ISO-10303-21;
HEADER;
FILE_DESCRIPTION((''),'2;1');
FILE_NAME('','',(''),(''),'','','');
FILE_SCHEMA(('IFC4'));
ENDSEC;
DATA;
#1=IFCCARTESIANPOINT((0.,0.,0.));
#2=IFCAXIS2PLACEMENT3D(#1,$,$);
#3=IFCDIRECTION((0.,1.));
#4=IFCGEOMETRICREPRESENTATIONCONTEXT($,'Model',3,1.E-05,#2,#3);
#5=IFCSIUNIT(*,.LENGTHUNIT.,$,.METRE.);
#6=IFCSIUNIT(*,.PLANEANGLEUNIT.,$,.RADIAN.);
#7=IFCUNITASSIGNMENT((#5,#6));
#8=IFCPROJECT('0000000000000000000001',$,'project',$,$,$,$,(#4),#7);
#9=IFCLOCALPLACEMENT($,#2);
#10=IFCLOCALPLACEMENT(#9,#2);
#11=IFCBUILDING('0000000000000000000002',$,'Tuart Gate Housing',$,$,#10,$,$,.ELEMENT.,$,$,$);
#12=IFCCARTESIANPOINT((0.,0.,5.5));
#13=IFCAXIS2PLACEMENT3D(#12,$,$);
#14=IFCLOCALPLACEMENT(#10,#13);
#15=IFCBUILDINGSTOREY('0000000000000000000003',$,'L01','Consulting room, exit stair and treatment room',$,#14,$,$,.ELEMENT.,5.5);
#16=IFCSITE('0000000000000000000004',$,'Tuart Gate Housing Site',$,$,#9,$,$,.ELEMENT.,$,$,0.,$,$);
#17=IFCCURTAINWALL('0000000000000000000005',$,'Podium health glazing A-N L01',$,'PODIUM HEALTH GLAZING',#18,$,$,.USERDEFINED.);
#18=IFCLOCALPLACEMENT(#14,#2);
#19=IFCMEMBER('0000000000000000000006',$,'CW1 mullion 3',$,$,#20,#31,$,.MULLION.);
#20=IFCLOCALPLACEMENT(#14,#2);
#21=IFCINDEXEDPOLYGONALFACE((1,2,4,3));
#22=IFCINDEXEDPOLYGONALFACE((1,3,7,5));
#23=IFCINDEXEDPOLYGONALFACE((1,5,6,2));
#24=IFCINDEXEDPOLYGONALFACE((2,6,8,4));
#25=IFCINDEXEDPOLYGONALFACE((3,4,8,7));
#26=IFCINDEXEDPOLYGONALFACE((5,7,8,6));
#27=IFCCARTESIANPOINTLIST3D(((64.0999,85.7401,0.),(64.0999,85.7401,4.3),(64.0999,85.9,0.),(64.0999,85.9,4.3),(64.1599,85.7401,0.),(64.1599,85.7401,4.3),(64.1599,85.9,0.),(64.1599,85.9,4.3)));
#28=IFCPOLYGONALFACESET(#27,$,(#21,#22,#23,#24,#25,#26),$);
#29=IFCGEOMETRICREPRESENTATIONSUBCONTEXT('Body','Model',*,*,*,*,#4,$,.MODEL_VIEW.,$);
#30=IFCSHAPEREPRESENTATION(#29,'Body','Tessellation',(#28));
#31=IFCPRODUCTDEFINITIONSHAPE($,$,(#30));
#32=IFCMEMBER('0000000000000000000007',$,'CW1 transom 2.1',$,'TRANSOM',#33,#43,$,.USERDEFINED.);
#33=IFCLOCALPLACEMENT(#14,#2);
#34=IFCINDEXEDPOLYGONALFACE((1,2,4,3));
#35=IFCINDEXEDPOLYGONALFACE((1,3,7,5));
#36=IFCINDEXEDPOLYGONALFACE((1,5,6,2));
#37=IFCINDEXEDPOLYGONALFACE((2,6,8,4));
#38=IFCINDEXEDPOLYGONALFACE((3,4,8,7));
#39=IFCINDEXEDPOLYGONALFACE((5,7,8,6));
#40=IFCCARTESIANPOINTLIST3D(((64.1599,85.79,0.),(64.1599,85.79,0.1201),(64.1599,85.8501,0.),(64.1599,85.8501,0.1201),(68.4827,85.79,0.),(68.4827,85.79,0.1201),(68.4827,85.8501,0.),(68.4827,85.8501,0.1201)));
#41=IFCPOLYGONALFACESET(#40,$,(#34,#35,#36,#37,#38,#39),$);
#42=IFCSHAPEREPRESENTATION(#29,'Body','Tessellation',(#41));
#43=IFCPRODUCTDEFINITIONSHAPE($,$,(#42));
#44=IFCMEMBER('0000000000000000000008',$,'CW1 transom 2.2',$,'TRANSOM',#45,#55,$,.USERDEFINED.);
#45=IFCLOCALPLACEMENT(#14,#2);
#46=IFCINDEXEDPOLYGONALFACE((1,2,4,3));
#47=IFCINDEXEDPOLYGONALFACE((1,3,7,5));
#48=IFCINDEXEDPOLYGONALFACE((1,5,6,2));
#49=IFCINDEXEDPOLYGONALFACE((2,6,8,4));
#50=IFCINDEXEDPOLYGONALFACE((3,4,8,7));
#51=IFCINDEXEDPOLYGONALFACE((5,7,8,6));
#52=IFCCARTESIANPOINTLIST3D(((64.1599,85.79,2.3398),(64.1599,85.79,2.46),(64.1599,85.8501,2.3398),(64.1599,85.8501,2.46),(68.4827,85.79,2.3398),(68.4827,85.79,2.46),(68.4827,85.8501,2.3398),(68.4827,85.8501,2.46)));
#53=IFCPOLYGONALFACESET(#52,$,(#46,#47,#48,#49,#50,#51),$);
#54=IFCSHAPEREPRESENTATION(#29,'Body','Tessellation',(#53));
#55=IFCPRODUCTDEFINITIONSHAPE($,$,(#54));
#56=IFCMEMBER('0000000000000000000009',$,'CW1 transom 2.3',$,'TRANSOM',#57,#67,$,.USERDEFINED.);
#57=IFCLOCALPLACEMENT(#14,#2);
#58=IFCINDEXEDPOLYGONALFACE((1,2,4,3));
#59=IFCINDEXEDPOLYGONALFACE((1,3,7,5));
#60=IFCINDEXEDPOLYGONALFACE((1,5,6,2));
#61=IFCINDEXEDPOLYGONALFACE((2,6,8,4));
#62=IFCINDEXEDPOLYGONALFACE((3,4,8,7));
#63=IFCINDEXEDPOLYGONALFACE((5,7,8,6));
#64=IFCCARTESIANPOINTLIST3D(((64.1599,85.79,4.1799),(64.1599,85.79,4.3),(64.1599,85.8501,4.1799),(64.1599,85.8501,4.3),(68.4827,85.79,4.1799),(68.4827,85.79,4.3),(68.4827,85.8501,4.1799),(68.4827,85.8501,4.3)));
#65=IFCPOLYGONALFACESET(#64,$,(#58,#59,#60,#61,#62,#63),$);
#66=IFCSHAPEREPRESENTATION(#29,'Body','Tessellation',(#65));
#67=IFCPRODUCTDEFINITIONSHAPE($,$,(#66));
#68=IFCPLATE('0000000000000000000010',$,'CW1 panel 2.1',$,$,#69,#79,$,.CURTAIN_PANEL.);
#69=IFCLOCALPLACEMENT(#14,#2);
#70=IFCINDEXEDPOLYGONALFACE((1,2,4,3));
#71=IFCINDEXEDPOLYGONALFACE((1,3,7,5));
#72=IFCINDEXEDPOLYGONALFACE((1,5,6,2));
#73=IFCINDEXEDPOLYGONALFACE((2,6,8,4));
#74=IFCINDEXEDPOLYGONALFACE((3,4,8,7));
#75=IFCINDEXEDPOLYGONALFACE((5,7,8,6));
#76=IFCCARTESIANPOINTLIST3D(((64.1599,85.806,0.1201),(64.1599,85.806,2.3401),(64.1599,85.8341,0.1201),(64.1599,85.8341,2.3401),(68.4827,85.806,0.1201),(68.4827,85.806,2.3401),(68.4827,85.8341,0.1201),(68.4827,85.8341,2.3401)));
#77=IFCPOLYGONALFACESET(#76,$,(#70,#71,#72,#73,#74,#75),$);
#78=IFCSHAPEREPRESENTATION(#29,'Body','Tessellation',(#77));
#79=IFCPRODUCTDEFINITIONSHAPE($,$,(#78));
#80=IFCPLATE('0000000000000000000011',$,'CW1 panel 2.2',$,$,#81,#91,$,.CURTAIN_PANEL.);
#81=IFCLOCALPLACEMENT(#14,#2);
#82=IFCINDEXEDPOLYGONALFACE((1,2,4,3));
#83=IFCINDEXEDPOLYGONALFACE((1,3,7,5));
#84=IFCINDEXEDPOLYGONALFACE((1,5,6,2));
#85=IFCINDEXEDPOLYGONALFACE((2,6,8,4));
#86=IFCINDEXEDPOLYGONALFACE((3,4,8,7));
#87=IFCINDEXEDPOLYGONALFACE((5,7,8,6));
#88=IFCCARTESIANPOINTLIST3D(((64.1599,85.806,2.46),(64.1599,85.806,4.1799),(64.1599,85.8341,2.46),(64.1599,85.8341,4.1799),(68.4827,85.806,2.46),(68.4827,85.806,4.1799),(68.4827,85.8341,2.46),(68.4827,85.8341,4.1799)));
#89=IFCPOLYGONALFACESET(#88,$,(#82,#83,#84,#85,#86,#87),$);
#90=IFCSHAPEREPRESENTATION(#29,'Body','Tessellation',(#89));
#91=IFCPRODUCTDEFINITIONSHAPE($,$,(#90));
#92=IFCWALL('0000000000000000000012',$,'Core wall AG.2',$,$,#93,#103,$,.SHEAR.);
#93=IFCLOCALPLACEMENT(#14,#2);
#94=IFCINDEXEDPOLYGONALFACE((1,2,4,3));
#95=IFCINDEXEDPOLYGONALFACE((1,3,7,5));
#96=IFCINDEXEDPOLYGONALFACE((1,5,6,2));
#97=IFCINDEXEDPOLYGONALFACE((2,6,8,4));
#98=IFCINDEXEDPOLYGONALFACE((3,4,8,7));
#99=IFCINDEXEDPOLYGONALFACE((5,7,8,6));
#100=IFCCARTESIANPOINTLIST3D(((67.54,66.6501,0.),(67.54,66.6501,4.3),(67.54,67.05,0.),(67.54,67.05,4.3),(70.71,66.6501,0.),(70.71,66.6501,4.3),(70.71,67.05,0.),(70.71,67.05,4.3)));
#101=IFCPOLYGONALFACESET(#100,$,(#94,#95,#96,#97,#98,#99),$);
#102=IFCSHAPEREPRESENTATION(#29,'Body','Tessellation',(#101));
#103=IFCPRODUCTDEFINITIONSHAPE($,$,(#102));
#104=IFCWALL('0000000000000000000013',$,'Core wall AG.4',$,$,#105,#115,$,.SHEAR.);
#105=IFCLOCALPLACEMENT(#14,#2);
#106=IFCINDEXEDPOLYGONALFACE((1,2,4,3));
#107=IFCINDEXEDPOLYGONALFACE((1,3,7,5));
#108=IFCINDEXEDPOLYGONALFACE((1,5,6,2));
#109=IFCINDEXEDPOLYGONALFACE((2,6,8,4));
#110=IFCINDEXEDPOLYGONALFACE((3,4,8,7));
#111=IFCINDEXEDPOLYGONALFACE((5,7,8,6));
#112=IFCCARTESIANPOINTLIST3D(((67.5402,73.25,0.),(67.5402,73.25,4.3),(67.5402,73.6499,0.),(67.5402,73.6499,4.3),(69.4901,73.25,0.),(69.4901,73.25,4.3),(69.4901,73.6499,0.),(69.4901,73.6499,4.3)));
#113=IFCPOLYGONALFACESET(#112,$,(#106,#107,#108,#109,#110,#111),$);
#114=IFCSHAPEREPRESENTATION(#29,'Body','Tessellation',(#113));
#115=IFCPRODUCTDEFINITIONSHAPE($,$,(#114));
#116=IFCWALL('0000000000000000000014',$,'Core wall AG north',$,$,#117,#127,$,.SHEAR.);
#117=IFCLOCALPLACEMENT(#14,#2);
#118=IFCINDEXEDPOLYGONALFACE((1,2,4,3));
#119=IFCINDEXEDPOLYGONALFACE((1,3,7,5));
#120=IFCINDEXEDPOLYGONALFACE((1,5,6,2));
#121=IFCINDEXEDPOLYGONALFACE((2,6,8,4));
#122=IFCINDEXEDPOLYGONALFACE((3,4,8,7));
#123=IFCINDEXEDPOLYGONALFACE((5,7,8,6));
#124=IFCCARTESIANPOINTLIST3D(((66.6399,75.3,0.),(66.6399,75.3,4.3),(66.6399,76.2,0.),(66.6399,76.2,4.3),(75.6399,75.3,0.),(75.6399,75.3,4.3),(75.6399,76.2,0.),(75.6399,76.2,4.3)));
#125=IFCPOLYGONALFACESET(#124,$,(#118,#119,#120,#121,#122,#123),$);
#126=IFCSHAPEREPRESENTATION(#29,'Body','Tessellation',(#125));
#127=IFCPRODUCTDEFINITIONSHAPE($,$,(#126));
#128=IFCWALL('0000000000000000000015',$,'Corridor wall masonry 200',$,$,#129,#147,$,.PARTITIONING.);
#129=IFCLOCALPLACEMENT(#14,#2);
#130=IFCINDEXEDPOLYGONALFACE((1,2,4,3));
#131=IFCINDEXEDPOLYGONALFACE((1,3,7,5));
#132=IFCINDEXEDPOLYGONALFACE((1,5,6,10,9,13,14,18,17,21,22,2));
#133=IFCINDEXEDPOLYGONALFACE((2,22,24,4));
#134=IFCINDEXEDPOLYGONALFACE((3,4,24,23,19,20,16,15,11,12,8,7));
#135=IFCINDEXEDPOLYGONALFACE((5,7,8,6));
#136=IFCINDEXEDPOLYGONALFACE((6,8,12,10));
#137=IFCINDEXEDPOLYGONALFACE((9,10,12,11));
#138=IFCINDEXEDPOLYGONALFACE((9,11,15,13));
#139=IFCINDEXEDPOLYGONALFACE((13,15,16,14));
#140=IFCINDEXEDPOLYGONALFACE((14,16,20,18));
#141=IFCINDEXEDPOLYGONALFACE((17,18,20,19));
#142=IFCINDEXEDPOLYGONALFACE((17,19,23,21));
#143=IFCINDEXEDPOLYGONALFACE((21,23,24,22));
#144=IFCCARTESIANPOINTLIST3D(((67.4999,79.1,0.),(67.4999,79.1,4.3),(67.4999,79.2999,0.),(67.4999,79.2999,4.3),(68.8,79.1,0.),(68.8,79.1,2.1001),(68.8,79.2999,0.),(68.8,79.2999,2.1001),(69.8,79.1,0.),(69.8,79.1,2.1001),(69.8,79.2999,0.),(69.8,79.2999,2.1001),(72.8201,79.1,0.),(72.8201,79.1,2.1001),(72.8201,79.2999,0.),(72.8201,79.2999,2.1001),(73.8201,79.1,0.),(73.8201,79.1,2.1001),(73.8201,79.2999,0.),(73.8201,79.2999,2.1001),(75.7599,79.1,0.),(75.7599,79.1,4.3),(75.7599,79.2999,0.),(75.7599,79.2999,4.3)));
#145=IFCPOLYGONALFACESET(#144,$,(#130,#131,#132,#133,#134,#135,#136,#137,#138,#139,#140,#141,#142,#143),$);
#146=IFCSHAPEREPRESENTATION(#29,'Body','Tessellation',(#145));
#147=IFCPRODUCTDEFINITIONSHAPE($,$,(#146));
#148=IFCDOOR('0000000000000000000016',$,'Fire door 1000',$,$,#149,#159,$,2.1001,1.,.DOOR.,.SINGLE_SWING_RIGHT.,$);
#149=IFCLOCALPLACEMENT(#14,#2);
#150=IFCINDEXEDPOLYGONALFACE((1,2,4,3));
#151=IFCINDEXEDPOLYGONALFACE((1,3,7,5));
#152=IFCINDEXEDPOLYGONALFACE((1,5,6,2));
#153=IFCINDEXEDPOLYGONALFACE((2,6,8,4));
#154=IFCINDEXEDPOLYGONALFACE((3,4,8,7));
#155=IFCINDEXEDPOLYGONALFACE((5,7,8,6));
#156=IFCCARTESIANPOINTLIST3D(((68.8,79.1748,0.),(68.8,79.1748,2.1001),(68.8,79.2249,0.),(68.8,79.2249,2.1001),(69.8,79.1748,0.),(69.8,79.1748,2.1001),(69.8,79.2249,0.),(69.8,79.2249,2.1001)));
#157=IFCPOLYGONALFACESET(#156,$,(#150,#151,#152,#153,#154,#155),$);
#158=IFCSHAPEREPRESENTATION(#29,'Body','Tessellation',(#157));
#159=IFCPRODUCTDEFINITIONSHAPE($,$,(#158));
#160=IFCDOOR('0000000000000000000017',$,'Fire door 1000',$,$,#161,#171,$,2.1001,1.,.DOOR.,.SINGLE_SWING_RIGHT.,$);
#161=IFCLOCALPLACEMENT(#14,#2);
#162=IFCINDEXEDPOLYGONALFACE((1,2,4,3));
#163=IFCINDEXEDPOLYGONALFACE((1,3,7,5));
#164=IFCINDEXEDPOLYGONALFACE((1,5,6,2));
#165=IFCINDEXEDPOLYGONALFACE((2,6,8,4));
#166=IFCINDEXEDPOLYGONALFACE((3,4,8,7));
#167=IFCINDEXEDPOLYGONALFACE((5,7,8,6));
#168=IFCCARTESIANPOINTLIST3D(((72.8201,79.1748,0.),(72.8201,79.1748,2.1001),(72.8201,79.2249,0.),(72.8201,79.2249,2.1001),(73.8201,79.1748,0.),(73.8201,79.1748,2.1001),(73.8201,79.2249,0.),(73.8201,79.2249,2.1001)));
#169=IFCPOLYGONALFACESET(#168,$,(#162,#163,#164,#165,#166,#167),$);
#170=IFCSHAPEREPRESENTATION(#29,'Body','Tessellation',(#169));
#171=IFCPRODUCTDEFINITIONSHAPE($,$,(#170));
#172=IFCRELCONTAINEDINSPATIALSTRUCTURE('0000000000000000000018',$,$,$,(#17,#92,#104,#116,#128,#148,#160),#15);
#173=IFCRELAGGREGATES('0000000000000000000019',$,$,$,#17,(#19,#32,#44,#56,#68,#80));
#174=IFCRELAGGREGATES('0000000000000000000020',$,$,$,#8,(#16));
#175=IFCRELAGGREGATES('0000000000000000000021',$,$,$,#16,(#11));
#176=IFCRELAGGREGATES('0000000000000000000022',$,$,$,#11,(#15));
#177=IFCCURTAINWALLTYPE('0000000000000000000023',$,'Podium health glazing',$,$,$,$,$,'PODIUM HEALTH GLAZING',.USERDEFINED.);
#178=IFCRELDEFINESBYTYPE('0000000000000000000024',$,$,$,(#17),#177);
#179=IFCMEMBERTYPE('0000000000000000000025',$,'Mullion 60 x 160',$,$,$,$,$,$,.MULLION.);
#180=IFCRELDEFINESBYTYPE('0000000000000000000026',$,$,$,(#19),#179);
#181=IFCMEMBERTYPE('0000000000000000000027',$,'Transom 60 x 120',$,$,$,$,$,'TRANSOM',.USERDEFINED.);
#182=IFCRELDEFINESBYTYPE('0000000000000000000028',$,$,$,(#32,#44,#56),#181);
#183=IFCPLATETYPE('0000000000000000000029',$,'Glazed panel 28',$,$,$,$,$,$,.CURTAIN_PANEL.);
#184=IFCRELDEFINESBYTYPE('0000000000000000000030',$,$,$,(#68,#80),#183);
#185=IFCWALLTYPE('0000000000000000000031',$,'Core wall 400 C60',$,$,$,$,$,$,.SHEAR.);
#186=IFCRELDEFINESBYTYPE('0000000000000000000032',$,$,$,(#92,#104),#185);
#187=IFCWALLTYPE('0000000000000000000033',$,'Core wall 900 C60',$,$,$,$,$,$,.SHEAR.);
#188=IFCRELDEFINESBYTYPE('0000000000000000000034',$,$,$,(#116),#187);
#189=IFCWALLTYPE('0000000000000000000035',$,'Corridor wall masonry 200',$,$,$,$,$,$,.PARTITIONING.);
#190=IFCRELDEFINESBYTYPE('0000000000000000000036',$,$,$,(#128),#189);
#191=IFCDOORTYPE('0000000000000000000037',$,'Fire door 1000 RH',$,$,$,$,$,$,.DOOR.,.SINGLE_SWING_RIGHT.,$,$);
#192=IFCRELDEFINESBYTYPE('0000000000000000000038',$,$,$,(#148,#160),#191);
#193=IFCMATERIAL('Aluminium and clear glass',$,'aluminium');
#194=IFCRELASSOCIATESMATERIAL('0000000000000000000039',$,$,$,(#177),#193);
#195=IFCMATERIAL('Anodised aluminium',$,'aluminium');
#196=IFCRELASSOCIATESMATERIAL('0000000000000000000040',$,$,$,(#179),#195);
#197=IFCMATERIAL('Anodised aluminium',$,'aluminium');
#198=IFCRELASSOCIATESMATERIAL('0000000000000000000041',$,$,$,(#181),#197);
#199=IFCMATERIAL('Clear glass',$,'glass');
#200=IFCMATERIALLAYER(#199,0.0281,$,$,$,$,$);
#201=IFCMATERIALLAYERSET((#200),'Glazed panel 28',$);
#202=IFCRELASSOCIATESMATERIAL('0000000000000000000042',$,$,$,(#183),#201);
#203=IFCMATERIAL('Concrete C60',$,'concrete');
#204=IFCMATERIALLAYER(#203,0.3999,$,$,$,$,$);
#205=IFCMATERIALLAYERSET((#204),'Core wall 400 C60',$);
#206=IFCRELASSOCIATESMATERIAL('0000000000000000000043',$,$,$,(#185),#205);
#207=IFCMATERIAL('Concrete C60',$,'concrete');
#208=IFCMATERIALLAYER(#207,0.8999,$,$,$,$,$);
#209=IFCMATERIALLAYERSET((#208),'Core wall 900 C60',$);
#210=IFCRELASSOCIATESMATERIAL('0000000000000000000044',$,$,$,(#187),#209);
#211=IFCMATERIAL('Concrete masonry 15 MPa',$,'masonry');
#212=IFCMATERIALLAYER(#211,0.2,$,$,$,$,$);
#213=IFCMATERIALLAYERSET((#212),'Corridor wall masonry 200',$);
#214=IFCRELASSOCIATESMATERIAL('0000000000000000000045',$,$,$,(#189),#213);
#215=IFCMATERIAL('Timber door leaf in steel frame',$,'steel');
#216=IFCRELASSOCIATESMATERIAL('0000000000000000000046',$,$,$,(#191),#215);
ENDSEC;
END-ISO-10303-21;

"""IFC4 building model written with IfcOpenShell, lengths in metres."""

from ifc_helpers import new_model, si_unit, direction, frame, frame_2d, origin, origin_2d, place, context, subcontext, project, spatial, rectangle, extrude, material, layer, layer_set, material_profile, profile_set, type_object, element, fill, aggregate, save


model = new_model("IFC4")

# Units and contexts
model_context = context("Model", 3, precision=1e-05, world=origin(), true_north=direction((0.0, 1.0)))
body_context = subcontext(model_context, "Body", "Model", "MODEL_VIEW")
ifc_project = project(units=[si_unit("LENGTHUNIT", "METRE"), si_unit("PLANEANGLEUNIT", "RADIAN")], contexts=[model_context])

# Site, building, storey
site_placement = place(None, origin())
site = spatial("IfcSite", under=ifc_project, at=site_placement, Name="Tuart Gate Housing Site", CompositionType="ELEMENT", RefElevation=0.0)
building_placement = place(site_placement, origin())
building = spatial("IfcBuilding", under=site, at=building_placement, Name="Tuart Gate Housing", CompositionType="ELEMENT")
storey_placement = place(building_placement, frame((0.0, 0.0, 5.5)))
storey = spatial("IfcBuildingStorey", under=building, at=storey_placement, Name="L01", Description="Consulting room, exit stair and treatment room", CompositionType="ELEMENT", Elevation=5.5)

# Curtain wall, members, plates
ifc_material_1 = material(Name="Aluminium and clear glass", Category="aluminium")
curtain_wall_type = type_object("IfcCurtainWallType", Name="Podium health glazing", ElementType="PODIUM HEALTH GLAZING", PredefinedType="USERDEFINED", material=ifc_material_1)
curtain_wall_placement = place(storey_placement, origin())
curtain_wall = element("IfcCurtainWall", 1, at=curtain_wall_placement, inside=storey, type_object=curtain_wall_type, Name="Podium health glazing A-N L01", ObjectType="PODIUM HEALTH GLAZING", PredefinedType="USERDEFINED")
ifc_material_2 = material(Name="Anodised aluminium", Category="aluminium")
ifc_material_profile_1 = material_profile(ifc_material_2, rectangle(XDim=0.0601, YDim=0.1599, at=origin_2d()), Name="60x160")
ifc_profile_set_1 = profile_set([ifc_material_profile_1], Name="Anodised aluminium")
member_type_1 = type_object("IfcMemberType", Name="Mullion 60 x 160", PredefinedType="MULLION", material=ifc_profile_set_1)
member_1_placement = place(storey_placement, frame((64.1299, 85.8201, 0.0), z_axis=(0.0, 0.0, 1.0), x_axis=(-1.0, 0.0, 0.0)))
member_1 = element("IfcMember", 2, at=member_1_placement, type_object=member_type_1, Name="CW1 mullion 3", PredefinedType="MULLION", context=body_context, shape_type="SweptSolid", body=[
    extrude(rectangle(XDim=0.0601, YDim=0.1599, at=origin_2d()), origin(), (0.0, 0.0, 1.0), 4.3),
])
ifc_material_3 = material(Name="Anodised aluminium", Category="aluminium")
ifc_material_profile_2 = material_profile(ifc_material_3, rectangle(XDim=0.0601, YDim=0.1201, at=origin_2d()), Name="60x120")
ifc_profile_set_2 = profile_set([ifc_material_profile_2], Name="Anodised aluminium")
member_type_2 = type_object("IfcMemberType", Name="Transom 60 x 120", ElementType="TRANSOM", PredefinedType="USERDEFINED", material=ifc_profile_set_2)
member_2_placement = place(storey_placement, frame((68.4827, 85.8201, 0.0601), z_axis=(-1.0, 0.0, 0.0), x_axis=(0.0, -1.0, 0.0)))
member_2 = element("IfcMember", 3, at=member_2_placement, type_object=member_type_2, Name="CW1 transom 2.1", ObjectType="TRANSOM", PredefinedType="USERDEFINED", context=body_context, shape_type="SweptSolid", body=[
    extrude(rectangle(XDim=0.0601, YDim=0.1201, at=origin_2d()), origin(), (0.0, 0.0, 1.0), 4.3228),
])
member_3_placement = place(storey_placement, frame((68.4827, 85.8201, 2.3999), z_axis=(-1.0, 0.0, 0.0), x_axis=(0.0, -1.0, 0.0)))
member_3 = element("IfcMember", 4, at=member_3_placement, type_object=member_type_2, Name="CW1 transom 2.2", ObjectType="TRANSOM", PredefinedType="USERDEFINED", context=body_context, shape_type="SweptSolid", body=[
    extrude(rectangle(XDim=0.0601, YDim=0.1201, at=origin_2d()), origin(), (0.0, 0.0, 1.0), 4.3228),
])
member_4_placement = place(storey_placement, frame((68.4827, 85.8201, 4.24), z_axis=(-1.0, 0.0, 0.0), x_axis=(0.0, -1.0, 0.0)))
member_4 = element("IfcMember", 5, at=member_4_placement, type_object=member_type_2, Name="CW1 transom 2.3", ObjectType="TRANSOM", PredefinedType="USERDEFINED", context=body_context, shape_type="SweptSolid", body=[
    extrude(rectangle(XDim=0.0601, YDim=0.1201, at=origin_2d()), origin(), (0.0, 0.0, 1.0), 4.3228),
])
ifc_material_4 = material(Name="Clear glass", Category="glass")
ifc_layer_1 = layer(ifc_material_4, 0.0281)
ifc_layer_set_1 = layer_set([ifc_layer_1], Name="Glazed panel 28")
plate_type = type_object("IfcPlateType", Name="Glazed panel 28", PredefinedType="CURTAIN_PANEL", material=ifc_layer_set_1)
plate_1_placement = place(storey_placement, frame((66.3213, 85.8201, 0.1201), z_axis=(0.0, 0.0, 1.0), x_axis=(-1.0, 0.0, 0.0)))
plate_1 = element("IfcPlate", 6, at=plate_1_placement, type_object=plate_type, Name="CW1 panel 2.1", PredefinedType="CURTAIN_PANEL", context=body_context, shape_type="SweptSolid", body=[
    extrude(rectangle(XDim=4.3228, YDim=0.0281, at=origin_2d()), origin(), (0.0, 0.0, 1.0), 2.22),
])
plate_2_placement = place(storey_placement, frame((66.3213, 85.8201, 2.46), z_axis=(0.0, 0.0, 1.0), x_axis=(-1.0, 0.0, 0.0)))
plate_2 = element("IfcPlate", 7, at=plate_2_placement, type_object=plate_type, Name="CW1 panel 2.2", PredefinedType="CURTAIN_PANEL", context=body_context, shape_type="SweptSolid", body=[
    extrude(rectangle(XDim=4.3228, YDim=0.0281, at=origin_2d()), origin(), (0.0, 0.0, 1.0), 1.72),
])
aggregate(curtain_wall, [member_1, member_2, member_3, member_4, plate_1, plate_2])

# Walls
ifc_material_5 = material(Name="Concrete C60", Category="concrete")
ifc_layer_2 = layer(ifc_material_5, 0.3999)
ifc_layer_set_2 = layer_set([ifc_layer_2], Name="Core wall 400 C60")
wall_type_1 = type_object("IfcWallType", Name="Core wall 400 C60", PredefinedType="SHEAR", material=ifc_layer_set_2)
wall_1_placement = place(storey_placement, frame((67.54, 66.8501, 0.0), z_axis=(0.0, 0.0, 1.0), x_axis=(1.0, 0.0, 0.0)))
element("IfcWall", 8, at=wall_1_placement, inside=storey, type_object=wall_type_1, Name="Core wall AG.2", PredefinedType="SHEAR", context=body_context, shape_type="SweptSolid", body=[
    extrude(rectangle(XDim=3.1699, YDim=0.3999, at=frame_2d((1.585, 0.0))), origin(), (0.0, 0.0, 1.0), 4.3),
])
wall_2_placement = place(storey_placement, frame((67.54, 73.45, 0.0), z_axis=(0.0, 0.0, 1.0), x_axis=(1.0, 0.0, 0.0)))
element("IfcWall", 9, at=wall_2_placement, inside=storey, type_object=wall_type_1, Name="Core wall AG.4", PredefinedType="SHEAR", context=body_context, shape_type="SweptSolid", body=[
    extrude(rectangle(XDim=1.95, YDim=0.3999, at=frame_2d((0.9751, 0.0))), origin(), (0.0, 0.0, 1.0), 4.3),
])
ifc_material_6 = material(Name="Concrete C60", Category="concrete")
ifc_layer_3 = layer(ifc_material_6, 0.8999)
ifc_layer_set_3 = layer_set([ifc_layer_3], Name="Core wall 900 C60")
wall_type_2 = type_object("IfcWallType", Name="Core wall 900 C60", PredefinedType="SHEAR", material=ifc_layer_set_3)
wall_3_placement = place(storey_placement, frame((66.6399, 75.75, 0.0), z_axis=(0.0, 0.0, 1.0), x_axis=(1.0, 0.0, 0.0)))
element("IfcWall", 10, at=wall_3_placement, inside=storey, type_object=wall_type_2, Name="Core wall AG north", PredefinedType="SHEAR", context=body_context, shape_type="SweptSolid", body=[
    extrude(rectangle(XDim=9.0, YDim=0.8999, at=frame_2d((4.5, 0.0))), origin(), (0.0, 0.0, 1.0), 4.3),
])

# Wall, openings, doors
ifc_material_7 = material(Name="Concrete masonry 15 MPa", Category="masonry")
ifc_layer_4 = layer(ifc_material_7, 0.2)
ifc_layer_set_4 = layer_set([ifc_layer_4], Name="Corridor wall masonry 200")
wall_type_3 = type_object("IfcWallType", Name="Corridor wall masonry 200", PredefinedType="PARTITIONING", material=ifc_layer_set_4)
wall_4_placement = place(storey_placement, frame((67.5, 79.2, 0.0), z_axis=(0.0, 0.0, 1.0), x_axis=(1.0, 0.0, 0.0)))
wall_4 = element("IfcWall", 11, at=wall_4_placement, inside=storey, type_object=wall_type_3, Name="Corridor wall masonry 200", PredefinedType="PARTITIONING", context=body_context, shape_type="SweptSolid", body=[
    extrude(rectangle(XDim=8.26, YDim=0.2, at=frame_2d((4.1299, 0.0))), origin(), (0.0, 0.0, 1.0), 4.3),
])
opening_1_placement = place(wall_4_placement, frame((1.3, 0.0, 0.0)))
opening_1 = element("IfcOpeningElement", 12, at=opening_1_placement, cuts=wall_4, PredefinedType="OPENING", context=body_context, shape_type="SweptSolid", body=[
    extrude(rectangle(XDim=1.0, YDim=2.1001, at=frame_2d((0.5, 1.05))), frame((0.0, 0.1099, 0.0), z_axis=(0.0, -1.0, 0.0), x_axis=(1.0, 0.0, 0.0)), (0.0, 0.0, 1.0), 0.22),
])
opening_2_placement = place(wall_4_placement, frame((5.3201, 0.0, 0.0)))
opening_2 = element("IfcOpeningElement", 13, at=opening_2_placement, cuts=wall_4, PredefinedType="OPENING", context=body_context, shape_type="SweptSolid", body=[
    extrude(rectangle(XDim=1.0, YDim=2.1001, at=frame_2d((0.5, 1.05))), frame((0.0, 0.1099, 0.0), z_axis=(0.0, -1.0, 0.0), x_axis=(1.0, 0.0, 0.0)), (0.0, 0.0, 1.0), 0.22),
])
ifc_material_8 = material(Name="Timber door leaf in steel frame", Category="steel")
door_type_1 = type_object("IfcDoorType", Name="Fire door 1000 RH", OperationType="SINGLE_SWING_RIGHT", PredefinedType="DOOR", material=ifc_material_8)
door_1_placement = place(opening_1_placement, frame((1.0, 0.0, 0.0), z_axis=(0.0, 0.0, 1.0), x_axis=(-1.0, 0.0, 0.0)))
door_1 = element("IfcDoor", 14, at=door_1_placement, inside=storey, type_object=door_type_1, Name="Fire door 1000", OperationType="SINGLE_SWING_RIGHT", OverallHeight=2.1001, OverallWidth=1.0, PredefinedType="DOOR", context=body_context, shape_type="SweptSolid", body=[
    extrude(rectangle(XDim=1.0, YDim=2.1001, at=frame_2d((0.5, 1.05))), frame((0.0, 0.0251, 0.0), z_axis=(0.0, -1.0, 0.0), x_axis=(1.0, 0.0, 0.0)), (0.0, 0.0, 1.0), 0.05),
])
fill(opening_1, door_1)
door_2_placement = place(opening_2_placement, frame((1.0, 0.0, 0.0), z_axis=(0.0, 0.0, 1.0), x_axis=(-1.0, 0.0, 0.0)))
door_2 = element("IfcDoor", 15, at=door_2_placement, inside=storey, type_object=door_type_1, Name="Fire door 1000", OperationType="SINGLE_SWING_RIGHT", OverallHeight=2.1001, OverallWidth=1.0, PredefinedType="DOOR", context=body_context, shape_type="SweptSolid", body=[
    extrude(rectangle(XDim=1.0, YDim=2.1001, at=frame_2d((0.5, 1.05))), frame((0.0, 0.0251, 0.0), z_axis=(0.0, -1.0, 0.0), x_axis=(1.0, 0.0, 0.0)), (0.0, 0.0, 1.0), 0.05),
])
fill(opening_2, door_2)

save(model, "model.ifc")
